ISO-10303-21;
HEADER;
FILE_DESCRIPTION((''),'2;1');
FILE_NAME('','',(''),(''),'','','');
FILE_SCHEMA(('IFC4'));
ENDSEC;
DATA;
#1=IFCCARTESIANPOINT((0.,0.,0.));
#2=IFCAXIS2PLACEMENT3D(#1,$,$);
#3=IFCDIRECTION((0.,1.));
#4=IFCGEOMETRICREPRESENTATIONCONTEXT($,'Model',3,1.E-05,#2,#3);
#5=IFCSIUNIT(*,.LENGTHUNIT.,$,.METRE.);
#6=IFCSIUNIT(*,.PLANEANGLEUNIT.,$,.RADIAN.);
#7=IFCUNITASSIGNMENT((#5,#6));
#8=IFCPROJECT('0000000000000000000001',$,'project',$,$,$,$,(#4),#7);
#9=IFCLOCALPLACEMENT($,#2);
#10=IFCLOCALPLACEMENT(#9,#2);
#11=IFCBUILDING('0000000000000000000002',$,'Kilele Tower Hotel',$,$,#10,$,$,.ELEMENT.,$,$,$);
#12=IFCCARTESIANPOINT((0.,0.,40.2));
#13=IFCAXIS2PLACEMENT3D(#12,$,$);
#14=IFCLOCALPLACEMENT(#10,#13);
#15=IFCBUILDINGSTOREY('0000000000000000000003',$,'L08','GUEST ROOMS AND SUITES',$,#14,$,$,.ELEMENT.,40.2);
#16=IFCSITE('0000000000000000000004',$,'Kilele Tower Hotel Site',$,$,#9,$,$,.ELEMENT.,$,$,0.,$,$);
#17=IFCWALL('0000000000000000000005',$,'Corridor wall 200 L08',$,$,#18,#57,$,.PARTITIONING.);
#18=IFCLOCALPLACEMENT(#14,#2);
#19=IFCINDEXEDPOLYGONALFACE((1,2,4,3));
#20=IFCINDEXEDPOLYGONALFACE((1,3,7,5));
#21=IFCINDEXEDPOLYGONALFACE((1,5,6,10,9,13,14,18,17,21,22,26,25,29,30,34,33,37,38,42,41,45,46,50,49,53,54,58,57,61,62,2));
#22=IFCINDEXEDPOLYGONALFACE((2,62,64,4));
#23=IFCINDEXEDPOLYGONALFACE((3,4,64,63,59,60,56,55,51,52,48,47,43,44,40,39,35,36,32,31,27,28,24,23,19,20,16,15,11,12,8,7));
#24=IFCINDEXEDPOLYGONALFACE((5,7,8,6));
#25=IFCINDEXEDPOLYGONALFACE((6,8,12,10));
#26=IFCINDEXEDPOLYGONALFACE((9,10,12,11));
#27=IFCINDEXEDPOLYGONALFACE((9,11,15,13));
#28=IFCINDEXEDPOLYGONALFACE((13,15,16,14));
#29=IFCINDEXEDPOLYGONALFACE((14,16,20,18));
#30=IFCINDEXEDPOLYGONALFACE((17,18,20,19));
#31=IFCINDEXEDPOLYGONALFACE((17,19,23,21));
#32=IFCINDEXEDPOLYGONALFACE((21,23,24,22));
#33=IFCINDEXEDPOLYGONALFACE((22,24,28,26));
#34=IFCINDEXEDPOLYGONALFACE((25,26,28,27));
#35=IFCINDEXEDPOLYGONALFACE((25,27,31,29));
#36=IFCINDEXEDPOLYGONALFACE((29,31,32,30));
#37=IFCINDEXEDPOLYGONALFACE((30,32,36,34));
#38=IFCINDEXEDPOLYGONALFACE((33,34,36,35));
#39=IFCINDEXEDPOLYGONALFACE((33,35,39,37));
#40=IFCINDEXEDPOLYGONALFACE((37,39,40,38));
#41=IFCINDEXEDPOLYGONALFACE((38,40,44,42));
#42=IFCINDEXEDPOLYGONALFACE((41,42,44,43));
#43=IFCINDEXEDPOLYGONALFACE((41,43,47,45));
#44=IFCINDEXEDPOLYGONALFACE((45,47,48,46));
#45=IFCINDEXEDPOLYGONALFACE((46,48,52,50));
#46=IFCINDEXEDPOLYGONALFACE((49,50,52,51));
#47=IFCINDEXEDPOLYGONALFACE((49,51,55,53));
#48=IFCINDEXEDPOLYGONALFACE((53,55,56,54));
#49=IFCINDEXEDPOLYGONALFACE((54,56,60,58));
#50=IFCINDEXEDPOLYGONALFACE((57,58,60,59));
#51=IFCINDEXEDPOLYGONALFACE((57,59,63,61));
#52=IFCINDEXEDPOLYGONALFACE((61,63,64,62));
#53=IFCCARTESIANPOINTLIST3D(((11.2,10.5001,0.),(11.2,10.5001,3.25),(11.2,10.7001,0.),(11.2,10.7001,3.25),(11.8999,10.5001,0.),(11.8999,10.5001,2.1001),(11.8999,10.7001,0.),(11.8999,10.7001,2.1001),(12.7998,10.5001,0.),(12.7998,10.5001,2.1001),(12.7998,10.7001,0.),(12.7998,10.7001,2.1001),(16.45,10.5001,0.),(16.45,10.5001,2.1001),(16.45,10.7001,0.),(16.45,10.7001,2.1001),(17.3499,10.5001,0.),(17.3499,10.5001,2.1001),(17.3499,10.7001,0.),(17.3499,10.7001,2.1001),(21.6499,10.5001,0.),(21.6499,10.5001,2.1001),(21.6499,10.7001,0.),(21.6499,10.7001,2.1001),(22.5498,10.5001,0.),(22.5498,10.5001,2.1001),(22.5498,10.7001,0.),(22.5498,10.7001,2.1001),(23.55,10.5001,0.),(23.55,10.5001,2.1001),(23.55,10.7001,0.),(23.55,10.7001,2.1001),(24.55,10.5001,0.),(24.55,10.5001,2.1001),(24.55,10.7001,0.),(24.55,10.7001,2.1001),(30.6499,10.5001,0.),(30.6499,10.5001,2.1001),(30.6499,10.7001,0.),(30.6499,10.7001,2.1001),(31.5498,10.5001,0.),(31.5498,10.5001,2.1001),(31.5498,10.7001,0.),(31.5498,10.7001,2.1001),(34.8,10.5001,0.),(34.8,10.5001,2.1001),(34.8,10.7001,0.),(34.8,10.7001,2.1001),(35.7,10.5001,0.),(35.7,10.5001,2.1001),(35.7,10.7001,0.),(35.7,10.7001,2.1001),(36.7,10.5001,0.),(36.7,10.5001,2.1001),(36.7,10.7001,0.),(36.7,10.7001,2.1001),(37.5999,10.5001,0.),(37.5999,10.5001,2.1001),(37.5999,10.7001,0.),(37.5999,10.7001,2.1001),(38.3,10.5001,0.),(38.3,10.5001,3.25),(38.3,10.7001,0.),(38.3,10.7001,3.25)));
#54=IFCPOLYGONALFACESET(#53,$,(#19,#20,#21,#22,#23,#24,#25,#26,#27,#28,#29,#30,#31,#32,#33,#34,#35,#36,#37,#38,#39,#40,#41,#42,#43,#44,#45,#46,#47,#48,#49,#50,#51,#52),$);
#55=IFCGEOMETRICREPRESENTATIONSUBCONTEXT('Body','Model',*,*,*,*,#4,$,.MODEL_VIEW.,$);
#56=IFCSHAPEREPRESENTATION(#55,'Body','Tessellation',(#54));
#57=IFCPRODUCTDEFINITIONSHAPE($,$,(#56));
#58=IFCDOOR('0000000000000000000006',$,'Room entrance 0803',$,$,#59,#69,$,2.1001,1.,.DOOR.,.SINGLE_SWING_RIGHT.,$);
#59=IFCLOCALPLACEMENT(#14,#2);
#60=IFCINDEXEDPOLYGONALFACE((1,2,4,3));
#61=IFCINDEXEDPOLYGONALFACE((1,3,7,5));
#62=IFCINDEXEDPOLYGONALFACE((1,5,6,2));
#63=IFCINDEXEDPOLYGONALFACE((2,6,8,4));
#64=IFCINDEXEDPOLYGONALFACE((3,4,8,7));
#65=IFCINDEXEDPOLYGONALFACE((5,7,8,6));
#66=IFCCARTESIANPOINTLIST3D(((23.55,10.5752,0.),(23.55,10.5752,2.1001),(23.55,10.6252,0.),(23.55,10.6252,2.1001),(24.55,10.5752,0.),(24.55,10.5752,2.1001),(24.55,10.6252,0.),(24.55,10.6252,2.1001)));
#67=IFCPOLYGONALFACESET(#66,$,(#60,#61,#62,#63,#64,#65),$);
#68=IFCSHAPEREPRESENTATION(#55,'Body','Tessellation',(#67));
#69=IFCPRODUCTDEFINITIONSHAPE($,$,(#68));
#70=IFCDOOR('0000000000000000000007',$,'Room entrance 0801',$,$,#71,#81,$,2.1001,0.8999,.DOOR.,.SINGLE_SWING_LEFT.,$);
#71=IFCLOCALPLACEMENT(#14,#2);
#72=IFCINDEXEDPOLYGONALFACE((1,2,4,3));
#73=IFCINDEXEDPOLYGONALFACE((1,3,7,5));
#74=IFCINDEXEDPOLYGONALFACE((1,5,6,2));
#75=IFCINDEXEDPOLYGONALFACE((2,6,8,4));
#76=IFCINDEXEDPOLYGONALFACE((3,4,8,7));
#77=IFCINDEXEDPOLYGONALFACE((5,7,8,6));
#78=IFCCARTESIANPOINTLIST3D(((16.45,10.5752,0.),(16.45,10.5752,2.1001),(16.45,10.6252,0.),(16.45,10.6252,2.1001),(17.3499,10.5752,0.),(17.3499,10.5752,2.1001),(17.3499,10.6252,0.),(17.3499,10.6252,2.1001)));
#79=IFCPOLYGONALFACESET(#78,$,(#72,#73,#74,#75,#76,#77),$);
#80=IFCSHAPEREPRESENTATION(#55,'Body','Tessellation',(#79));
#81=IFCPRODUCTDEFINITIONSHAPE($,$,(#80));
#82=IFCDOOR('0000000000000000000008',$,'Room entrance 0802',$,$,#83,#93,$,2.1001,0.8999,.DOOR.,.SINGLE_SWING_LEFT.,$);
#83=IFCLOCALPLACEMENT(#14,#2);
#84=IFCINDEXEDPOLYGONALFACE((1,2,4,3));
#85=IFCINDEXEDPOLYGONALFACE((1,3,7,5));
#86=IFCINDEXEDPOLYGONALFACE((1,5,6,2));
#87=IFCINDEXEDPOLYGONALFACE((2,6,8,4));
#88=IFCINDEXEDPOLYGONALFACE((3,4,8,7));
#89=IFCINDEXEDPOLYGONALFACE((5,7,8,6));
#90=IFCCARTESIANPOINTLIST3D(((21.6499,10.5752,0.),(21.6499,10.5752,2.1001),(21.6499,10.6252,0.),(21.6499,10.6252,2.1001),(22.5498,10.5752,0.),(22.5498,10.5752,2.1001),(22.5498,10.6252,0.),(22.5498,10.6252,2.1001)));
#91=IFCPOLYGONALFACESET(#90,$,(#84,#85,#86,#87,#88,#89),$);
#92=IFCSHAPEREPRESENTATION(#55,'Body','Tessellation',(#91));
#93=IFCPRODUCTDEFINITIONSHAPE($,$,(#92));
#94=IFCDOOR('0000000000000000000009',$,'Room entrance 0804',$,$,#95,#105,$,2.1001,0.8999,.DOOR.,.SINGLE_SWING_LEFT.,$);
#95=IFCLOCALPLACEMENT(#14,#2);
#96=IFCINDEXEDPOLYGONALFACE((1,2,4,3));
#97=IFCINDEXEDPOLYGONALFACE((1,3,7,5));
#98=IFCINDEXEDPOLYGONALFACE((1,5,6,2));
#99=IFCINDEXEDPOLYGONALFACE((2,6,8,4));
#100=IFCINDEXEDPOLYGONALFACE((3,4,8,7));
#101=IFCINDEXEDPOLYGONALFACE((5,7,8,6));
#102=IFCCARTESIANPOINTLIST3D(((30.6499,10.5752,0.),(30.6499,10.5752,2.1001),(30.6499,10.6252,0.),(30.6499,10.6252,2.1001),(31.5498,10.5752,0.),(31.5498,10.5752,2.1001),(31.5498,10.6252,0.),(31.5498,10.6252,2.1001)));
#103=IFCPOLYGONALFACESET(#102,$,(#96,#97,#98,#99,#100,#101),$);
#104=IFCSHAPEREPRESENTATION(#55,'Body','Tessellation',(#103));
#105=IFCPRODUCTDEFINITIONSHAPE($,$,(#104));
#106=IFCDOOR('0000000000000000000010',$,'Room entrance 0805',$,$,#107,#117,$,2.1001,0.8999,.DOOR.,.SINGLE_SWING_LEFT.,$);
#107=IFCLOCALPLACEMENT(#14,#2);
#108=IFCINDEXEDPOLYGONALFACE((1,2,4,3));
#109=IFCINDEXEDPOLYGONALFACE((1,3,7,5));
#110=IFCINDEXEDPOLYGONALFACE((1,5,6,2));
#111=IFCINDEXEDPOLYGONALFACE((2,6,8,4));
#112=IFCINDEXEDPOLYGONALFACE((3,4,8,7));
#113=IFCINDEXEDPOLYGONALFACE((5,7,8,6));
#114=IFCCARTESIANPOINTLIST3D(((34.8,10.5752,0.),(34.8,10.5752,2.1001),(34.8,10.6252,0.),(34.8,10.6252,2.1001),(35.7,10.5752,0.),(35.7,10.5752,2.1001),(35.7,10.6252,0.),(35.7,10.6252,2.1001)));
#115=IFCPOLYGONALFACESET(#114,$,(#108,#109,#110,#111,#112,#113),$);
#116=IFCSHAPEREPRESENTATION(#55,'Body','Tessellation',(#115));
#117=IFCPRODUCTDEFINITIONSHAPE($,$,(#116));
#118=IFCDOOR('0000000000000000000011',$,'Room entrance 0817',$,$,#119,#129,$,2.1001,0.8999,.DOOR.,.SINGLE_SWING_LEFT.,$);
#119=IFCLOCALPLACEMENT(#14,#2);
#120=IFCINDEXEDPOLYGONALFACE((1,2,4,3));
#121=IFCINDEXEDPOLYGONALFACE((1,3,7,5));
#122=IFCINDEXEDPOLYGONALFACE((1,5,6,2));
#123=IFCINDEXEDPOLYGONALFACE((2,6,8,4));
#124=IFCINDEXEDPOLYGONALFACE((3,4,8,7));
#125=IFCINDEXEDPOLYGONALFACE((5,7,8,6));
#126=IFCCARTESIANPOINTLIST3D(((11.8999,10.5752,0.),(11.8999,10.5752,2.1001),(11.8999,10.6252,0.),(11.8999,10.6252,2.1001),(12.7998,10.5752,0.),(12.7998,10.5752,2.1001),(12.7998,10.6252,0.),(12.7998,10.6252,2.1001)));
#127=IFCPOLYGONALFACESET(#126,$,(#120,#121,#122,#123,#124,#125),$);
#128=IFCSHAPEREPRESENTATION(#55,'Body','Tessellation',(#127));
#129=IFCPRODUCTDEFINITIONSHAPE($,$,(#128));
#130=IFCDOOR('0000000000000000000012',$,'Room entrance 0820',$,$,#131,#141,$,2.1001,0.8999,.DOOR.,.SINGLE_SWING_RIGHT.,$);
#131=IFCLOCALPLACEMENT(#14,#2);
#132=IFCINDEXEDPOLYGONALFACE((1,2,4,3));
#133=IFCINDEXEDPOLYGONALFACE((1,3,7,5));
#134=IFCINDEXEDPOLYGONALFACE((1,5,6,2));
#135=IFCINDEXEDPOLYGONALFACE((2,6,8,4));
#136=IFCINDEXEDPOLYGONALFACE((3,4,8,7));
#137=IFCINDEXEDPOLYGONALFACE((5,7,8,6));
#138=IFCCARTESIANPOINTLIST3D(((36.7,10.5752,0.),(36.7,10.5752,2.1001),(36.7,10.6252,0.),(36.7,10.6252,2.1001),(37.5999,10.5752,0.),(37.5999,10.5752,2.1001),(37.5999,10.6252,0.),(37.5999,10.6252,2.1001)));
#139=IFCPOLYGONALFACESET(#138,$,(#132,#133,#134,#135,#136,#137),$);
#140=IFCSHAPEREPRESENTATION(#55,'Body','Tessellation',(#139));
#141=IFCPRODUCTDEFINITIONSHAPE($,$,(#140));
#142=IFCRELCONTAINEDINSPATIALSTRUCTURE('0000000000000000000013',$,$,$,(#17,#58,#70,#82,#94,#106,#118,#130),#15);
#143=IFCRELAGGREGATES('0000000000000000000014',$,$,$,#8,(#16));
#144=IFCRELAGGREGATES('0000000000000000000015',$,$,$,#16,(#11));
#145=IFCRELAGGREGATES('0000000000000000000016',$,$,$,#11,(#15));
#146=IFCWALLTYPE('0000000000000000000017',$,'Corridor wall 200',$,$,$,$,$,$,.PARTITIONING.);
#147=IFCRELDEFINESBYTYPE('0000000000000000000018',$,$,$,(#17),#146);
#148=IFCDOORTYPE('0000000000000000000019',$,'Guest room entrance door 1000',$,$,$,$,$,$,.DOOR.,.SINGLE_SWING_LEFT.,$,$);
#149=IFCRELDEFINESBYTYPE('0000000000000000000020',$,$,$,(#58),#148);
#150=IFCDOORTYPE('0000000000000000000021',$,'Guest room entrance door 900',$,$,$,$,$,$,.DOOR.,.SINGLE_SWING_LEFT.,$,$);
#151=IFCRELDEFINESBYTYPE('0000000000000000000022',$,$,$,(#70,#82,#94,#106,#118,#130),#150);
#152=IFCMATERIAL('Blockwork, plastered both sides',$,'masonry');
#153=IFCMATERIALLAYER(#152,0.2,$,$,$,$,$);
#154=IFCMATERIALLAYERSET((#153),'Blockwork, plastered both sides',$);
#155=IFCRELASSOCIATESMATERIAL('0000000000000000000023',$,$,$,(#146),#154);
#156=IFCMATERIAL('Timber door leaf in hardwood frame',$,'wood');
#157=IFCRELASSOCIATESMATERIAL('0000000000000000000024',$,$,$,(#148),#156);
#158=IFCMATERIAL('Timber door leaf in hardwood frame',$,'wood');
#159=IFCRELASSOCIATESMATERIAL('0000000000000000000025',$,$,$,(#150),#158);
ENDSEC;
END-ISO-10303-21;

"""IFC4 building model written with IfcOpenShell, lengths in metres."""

from ifc_helpers import new_model, si_unit, direction, frame, frame_2d, origin, place, context, subcontext, project, spatial, rectangle, extrude, material, layer, layer_set, type_object, element, fill, save


model = new_model("IFC4")

# Units and contexts
model_context = context("Model", 3, precision=1e-05, world=origin(), true_north=direction((0.0, 1.0)))
body_context = subcontext(model_context, "Body", "Model", "MODEL_VIEW")
ifc_project = project(units=[si_unit("LENGTHUNIT", "METRE"), si_unit("PLANEANGLEUNIT", "RADIAN")], contexts=[model_context])

# Site, building, storey
site_placement = place(None, origin())
site = spatial("IfcSite", under=ifc_project, at=site_placement, Name="Kilele Tower Hotel Site", CompositionType="ELEMENT", RefElevation=0.0)
building_placement = place(site_placement, origin())
building = spatial("IfcBuilding", under=site, at=building_placement, Name="Kilele Tower Hotel", CompositionType="ELEMENT")
storey_placement = place(building_placement, frame((0.0, 0.0, 40.2)))
storey = spatial("IfcBuildingStorey", under=building, at=storey_placement, Name="L08", Description="GUEST ROOMS AND SUITES", CompositionType="ELEMENT", Elevation=40.2)

# Wall, openings, doors
ifc_material_1 = material(Name="Blockwork, plastered both sides", Category="masonry")
ifc_layer_1 = layer(ifc_material_1, 0.2)
ifc_layer_set_1 = layer_set([ifc_layer_1], Name="Blockwork, plastered both sides")
wall_type_1 = type_object("IfcWallType", Name="Corridor wall 200", PredefinedType="PARTITIONING", material=ifc_layer_set_1)
wall_1_placement = place(storey_placement, frame((11.2, 10.6001, 0.0), z_axis=(0.0, 0.0, 1.0), x_axis=(1.0, 0.0, 0.0)))
wall_1 = element("IfcWall", 1, at=wall_1_placement, inside=storey, type_object=wall_type_1, Name="Corridor wall 200 L08", PredefinedType="PARTITIONING", context=body_context, shape_type="SweptSolid", body=[
    extrude(rectangle(XDim=27.1001, YDim=0.2, at=frame_2d((13.55, 0.0))), origin(), (0.0, 0.0, 1.0), 3.25),
])
opening_1_placement = place(wall_1_placement, frame((6.1499, 0.0, 0.0), z_axis=(0.0, 0.0, 1.0), x_axis=(-1.0, 0.0, 0.0)))
opening_1 = element("IfcOpeningElement", 2, at=opening_1_placement, cuts=wall_1, PredefinedType="OPENING", context=body_context, shape_type="SweptSolid", body=[
    extrude(rectangle(XDim=0.8999, YDim=2.1001, at=frame_2d((0.45, 1.05))), frame((0.0, 0.1099, 0.0), z_axis=(0.0, -1.0, 0.0), x_axis=(1.0, 0.0, 0.0)), (0.0, 0.0, 1.0), 0.22),
])
opening_2_placement = place(wall_1_placement, frame((11.3499, 0.0, 0.0), z_axis=(0.0, 0.0, 1.0), x_axis=(-1.0, 0.0, 0.0)))
opening_2 = element("IfcOpeningElement", 3, at=opening_2_placement, cuts=wall_1, PredefinedType="OPENING", context=body_context, shape_type="SweptSolid", body=[
    extrude(rectangle(XDim=0.8999, YDim=2.1001, at=frame_2d((0.45, 1.05))), frame((0.0, 0.1099, 0.0), z_axis=(0.0, -1.0, 0.0), x_axis=(1.0, 0.0, 0.0)), (0.0, 0.0, 1.0), 0.22),
])
opening_3_placement = place(wall_1_placement, frame((13.3501, 0.0, 0.0), z_axis=(0.0, 0.0, 1.0), x_axis=(-1.0, 0.0, 0.0)))
opening_3 = element("IfcOpeningElement", 4, at=opening_3_placement, cuts=wall_1, PredefinedType="OPENING", context=body_context, shape_type="SweptSolid", body=[
    extrude(rectangle(XDim=1.0, YDim=2.1001, at=frame_2d((0.5, 1.05))), frame((0.0, 0.1099, 0.0), z_axis=(0.0, -1.0, 0.0), x_axis=(1.0, 0.0, 0.0)), (0.0, 0.0, 1.0), 0.22),
])
opening_4_placement = place(wall_1_placement, frame((20.3499, 0.0, 0.0), z_axis=(0.0, 0.0, 1.0), x_axis=(-1.0, 0.0, 0.0)))
opening_4 = element("IfcOpeningElement", 5, at=opening_4_placement, cuts=wall_1, PredefinedType="OPENING", context=body_context, shape_type="SweptSolid", body=[
    extrude(rectangle(XDim=0.8999, YDim=2.1001, at=frame_2d((0.45, 1.05))), frame((0.0, 0.1099, 0.0), z_axis=(0.0, -1.0, 0.0), x_axis=(1.0, 0.0, 0.0)), (0.0, 0.0, 1.0), 0.22),
])
opening_5_placement = place(wall_1_placement, frame((24.5, 0.0, 0.0), z_axis=(0.0, 0.0, 1.0), x_axis=(-1.0, 0.0, 0.0)))
opening_5 = element("IfcOpeningElement", 6, at=opening_5_placement, cuts=wall_1, PredefinedType="OPENING", context=body_context, shape_type="SweptSolid", body=[
    extrude(rectangle(XDim=0.8999, YDim=2.1001, at=frame_2d((0.45, 1.05))), frame((0.0, 0.1099, 0.0), z_axis=(0.0, -1.0, 0.0), x_axis=(1.0, 0.0, 0.0)), (0.0, 0.0, 1.0), 0.22),
])
opening_6_placement = place(wall_1_placement, frame((1.5999, 0.0, 0.0), z_axis=(0.0, 0.0, 1.0), x_axis=(-1.0, 0.0, 0.0)))
opening_6 = element("IfcOpeningElement", 7, at=opening_6_placement, cuts=wall_1, PredefinedType="OPENING", context=body_context, shape_type="SweptSolid", body=[
    extrude(rectangle(XDim=0.8999, YDim=2.1001, at=frame_2d((0.45, 1.05))), frame((0.0, 0.1099, 0.0), z_axis=(0.0, -1.0, 0.0), x_axis=(1.0, 0.0, 0.0)), (0.0, 0.0, 1.0), 0.22),
])
opening_7_placement = place(wall_1_placement, frame((26.3999, 0.0, 0.0), z_axis=(0.0, 0.0, 1.0), x_axis=(-1.0, 0.0, 0.0)))
opening_7 = element("IfcOpeningElement", 8, at=opening_7_placement, cuts=wall_1, PredefinedType="OPENING", context=body_context, shape_type="SweptSolid", body=[
    extrude(rectangle(XDim=0.8999, YDim=2.1001, at=frame_2d((0.45, 1.05))), frame((0.0, 0.1099, 0.0), z_axis=(0.0, -1.0, 0.0), x_axis=(1.0, 0.0, 0.0)), (0.0, 0.0, 1.0), 0.22),
])
ifc_material_2 = material(Name="Timber door leaf in hardwood frame", Category="wood")
door_type_1 = type_object("IfcDoorType", Name="Guest room entrance door 1000", OperationType="SINGLE_SWING_LEFT", PredefinedType="DOOR", material=ifc_material_2)
door_1_placement = place(opening_3_placement, origin())
door_1 = element("IfcDoor", 9, at=door_1_placement, inside=storey, type_object=door_type_1, Name="Room entrance 0803", OperationType="SINGLE_SWING_RIGHT", OverallHeight=2.1001, OverallWidth=1.0, PredefinedType="DOOR", context=body_context, shape_type="SweptSolid", body=[
    extrude(rectangle(XDim=1.0, YDim=2.1001, at=frame_2d((0.5, 1.05))), frame((0.0, 0.0249, 0.0), z_axis=(0.0, -1.0, 0.0), x_axis=(1.0, 0.0, 0.0)), (0.0, 0.0, 1.0), 0.05),
])
fill(opening_3, door_1)
ifc_material_3 = material(Name="Timber door leaf in hardwood frame", Category="wood")
door_type_2 = type_object("IfcDoorType", Name="Guest room entrance door 900", OperationType="SINGLE_SWING_LEFT", PredefinedType="DOOR", material=ifc_material_3)
door_2_placement = place(opening_1_placement, origin())
door_2 = element("IfcDoor", 10, at=door_2_placement, inside=storey, type_object=door_type_2, Name="Room entrance 0801", OperationType="SINGLE_SWING_LEFT", OverallHeight=2.1001, OverallWidth=0.8999, PredefinedType="DOOR", context=body_context, shape_type="SweptSolid", body=[
    extrude(rectangle(XDim=0.8999, YDim=2.1001, at=frame_2d((0.45, 1.05))), frame((0.0, 0.0249, 0.0), z_axis=(0.0, -1.0, 0.0), x_axis=(1.0, 0.0, 0.0)), (0.0, 0.0, 1.0), 0.05),
])
fill(opening_1, door_2)
door_3_placement = place(opening_2_placement, origin())
door_3 = element("IfcDoor", 11, at=door_3_placement, inside=storey, type_object=door_type_2, Name="Room entrance 0802", OperationType="SINGLE_SWING_LEFT", OverallHeight=2.1001, OverallWidth=0.8999, PredefinedType="DOOR", context=body_context, shape_type="SweptSolid", body=[
    extrude(rectangle(XDim=0.8999, YDim=2.1001, at=frame_2d((0.45, 1.05))), frame((0.0, 0.0249, 0.0), z_axis=(0.0, -1.0, 0.0), x_axis=(1.0, 0.0, 0.0)), (0.0, 0.0, 1.0), 0.05),
])
fill(opening_2, door_3)
door_4_placement = place(opening_4_placement, origin())
door_4 = element("IfcDoor", 12, at=door_4_placement, inside=storey, type_object=door_type_2, Name="Room entrance 0804", OperationType="SINGLE_SWING_LEFT", OverallHeight=2.1001, OverallWidth=0.8999, PredefinedType="DOOR", context=body_context, shape_type="SweptSolid", body=[
    extrude(rectangle(XDim=0.8999, YDim=2.1001, at=frame_2d((0.45, 1.05))), frame((0.0, 0.0249, 0.0), z_axis=(0.0, -1.0, 0.0), x_axis=(1.0, 0.0, 0.0)), (0.0, 0.0, 1.0), 0.05),
])
fill(opening_4, door_4)
door_5_placement = place(opening_5_placement, origin())
door_5 = element("IfcDoor", 13, at=door_5_placement, inside=storey, type_object=door_type_2, Name="Room entrance 0805", OperationType="SINGLE_SWING_LEFT", OverallHeight=2.1001, OverallWidth=0.8999, PredefinedType="DOOR", context=body_context, shape_type="SweptSolid", body=[
    extrude(rectangle(XDim=0.8999, YDim=2.1001, at=frame_2d((0.45, 1.05))), frame((0.0, 0.0249, 0.0), z_axis=(0.0, -1.0, 0.0), x_axis=(1.0, 0.0, 0.0)), (0.0, 0.0, 1.0), 0.05),
])
fill(opening_5, door_5)
door_6_placement = place(opening_6_placement, origin())
door_6 = element("IfcDoor", 14, at=door_6_placement, inside=storey, type_object=door_type_2, Name="Room entrance 0817", OperationType="SINGLE_SWING_LEFT", OverallHeight=2.1001, OverallWidth=0.8999, PredefinedType="DOOR", context=body_context, shape_type="SweptSolid", body=[
    extrude(rectangle(XDim=0.8999, YDim=2.1001, at=frame_2d((0.45, 1.05))), frame((0.0, 0.0249, 0.0), z_axis=(0.0, -1.0, 0.0), x_axis=(1.0, 0.0, 0.0)), (0.0, 0.0, 1.0), 0.05),
])
fill(opening_6, door_6)
door_7_placement = place(opening_7_placement, origin())
door_7 = element("IfcDoor", 15, at=door_7_placement, inside=storey, type_object=door_type_2, Name="Room entrance 0820", OperationType="SINGLE_SWING_RIGHT", OverallHeight=2.1001, OverallWidth=0.8999, PredefinedType="DOOR", context=body_context, shape_type="SweptSolid", body=[
    extrude(rectangle(XDim=0.8999, YDim=2.1001, at=frame_2d((0.45, 1.05))), frame((0.0, 0.0249, 0.0), z_axis=(0.0, -1.0, 0.0), x_axis=(1.0, 0.0, 0.0)), (0.0, 0.0, 1.0), 0.05),
])
fill(opening_7, door_7)

save(model, "model.ifc")
